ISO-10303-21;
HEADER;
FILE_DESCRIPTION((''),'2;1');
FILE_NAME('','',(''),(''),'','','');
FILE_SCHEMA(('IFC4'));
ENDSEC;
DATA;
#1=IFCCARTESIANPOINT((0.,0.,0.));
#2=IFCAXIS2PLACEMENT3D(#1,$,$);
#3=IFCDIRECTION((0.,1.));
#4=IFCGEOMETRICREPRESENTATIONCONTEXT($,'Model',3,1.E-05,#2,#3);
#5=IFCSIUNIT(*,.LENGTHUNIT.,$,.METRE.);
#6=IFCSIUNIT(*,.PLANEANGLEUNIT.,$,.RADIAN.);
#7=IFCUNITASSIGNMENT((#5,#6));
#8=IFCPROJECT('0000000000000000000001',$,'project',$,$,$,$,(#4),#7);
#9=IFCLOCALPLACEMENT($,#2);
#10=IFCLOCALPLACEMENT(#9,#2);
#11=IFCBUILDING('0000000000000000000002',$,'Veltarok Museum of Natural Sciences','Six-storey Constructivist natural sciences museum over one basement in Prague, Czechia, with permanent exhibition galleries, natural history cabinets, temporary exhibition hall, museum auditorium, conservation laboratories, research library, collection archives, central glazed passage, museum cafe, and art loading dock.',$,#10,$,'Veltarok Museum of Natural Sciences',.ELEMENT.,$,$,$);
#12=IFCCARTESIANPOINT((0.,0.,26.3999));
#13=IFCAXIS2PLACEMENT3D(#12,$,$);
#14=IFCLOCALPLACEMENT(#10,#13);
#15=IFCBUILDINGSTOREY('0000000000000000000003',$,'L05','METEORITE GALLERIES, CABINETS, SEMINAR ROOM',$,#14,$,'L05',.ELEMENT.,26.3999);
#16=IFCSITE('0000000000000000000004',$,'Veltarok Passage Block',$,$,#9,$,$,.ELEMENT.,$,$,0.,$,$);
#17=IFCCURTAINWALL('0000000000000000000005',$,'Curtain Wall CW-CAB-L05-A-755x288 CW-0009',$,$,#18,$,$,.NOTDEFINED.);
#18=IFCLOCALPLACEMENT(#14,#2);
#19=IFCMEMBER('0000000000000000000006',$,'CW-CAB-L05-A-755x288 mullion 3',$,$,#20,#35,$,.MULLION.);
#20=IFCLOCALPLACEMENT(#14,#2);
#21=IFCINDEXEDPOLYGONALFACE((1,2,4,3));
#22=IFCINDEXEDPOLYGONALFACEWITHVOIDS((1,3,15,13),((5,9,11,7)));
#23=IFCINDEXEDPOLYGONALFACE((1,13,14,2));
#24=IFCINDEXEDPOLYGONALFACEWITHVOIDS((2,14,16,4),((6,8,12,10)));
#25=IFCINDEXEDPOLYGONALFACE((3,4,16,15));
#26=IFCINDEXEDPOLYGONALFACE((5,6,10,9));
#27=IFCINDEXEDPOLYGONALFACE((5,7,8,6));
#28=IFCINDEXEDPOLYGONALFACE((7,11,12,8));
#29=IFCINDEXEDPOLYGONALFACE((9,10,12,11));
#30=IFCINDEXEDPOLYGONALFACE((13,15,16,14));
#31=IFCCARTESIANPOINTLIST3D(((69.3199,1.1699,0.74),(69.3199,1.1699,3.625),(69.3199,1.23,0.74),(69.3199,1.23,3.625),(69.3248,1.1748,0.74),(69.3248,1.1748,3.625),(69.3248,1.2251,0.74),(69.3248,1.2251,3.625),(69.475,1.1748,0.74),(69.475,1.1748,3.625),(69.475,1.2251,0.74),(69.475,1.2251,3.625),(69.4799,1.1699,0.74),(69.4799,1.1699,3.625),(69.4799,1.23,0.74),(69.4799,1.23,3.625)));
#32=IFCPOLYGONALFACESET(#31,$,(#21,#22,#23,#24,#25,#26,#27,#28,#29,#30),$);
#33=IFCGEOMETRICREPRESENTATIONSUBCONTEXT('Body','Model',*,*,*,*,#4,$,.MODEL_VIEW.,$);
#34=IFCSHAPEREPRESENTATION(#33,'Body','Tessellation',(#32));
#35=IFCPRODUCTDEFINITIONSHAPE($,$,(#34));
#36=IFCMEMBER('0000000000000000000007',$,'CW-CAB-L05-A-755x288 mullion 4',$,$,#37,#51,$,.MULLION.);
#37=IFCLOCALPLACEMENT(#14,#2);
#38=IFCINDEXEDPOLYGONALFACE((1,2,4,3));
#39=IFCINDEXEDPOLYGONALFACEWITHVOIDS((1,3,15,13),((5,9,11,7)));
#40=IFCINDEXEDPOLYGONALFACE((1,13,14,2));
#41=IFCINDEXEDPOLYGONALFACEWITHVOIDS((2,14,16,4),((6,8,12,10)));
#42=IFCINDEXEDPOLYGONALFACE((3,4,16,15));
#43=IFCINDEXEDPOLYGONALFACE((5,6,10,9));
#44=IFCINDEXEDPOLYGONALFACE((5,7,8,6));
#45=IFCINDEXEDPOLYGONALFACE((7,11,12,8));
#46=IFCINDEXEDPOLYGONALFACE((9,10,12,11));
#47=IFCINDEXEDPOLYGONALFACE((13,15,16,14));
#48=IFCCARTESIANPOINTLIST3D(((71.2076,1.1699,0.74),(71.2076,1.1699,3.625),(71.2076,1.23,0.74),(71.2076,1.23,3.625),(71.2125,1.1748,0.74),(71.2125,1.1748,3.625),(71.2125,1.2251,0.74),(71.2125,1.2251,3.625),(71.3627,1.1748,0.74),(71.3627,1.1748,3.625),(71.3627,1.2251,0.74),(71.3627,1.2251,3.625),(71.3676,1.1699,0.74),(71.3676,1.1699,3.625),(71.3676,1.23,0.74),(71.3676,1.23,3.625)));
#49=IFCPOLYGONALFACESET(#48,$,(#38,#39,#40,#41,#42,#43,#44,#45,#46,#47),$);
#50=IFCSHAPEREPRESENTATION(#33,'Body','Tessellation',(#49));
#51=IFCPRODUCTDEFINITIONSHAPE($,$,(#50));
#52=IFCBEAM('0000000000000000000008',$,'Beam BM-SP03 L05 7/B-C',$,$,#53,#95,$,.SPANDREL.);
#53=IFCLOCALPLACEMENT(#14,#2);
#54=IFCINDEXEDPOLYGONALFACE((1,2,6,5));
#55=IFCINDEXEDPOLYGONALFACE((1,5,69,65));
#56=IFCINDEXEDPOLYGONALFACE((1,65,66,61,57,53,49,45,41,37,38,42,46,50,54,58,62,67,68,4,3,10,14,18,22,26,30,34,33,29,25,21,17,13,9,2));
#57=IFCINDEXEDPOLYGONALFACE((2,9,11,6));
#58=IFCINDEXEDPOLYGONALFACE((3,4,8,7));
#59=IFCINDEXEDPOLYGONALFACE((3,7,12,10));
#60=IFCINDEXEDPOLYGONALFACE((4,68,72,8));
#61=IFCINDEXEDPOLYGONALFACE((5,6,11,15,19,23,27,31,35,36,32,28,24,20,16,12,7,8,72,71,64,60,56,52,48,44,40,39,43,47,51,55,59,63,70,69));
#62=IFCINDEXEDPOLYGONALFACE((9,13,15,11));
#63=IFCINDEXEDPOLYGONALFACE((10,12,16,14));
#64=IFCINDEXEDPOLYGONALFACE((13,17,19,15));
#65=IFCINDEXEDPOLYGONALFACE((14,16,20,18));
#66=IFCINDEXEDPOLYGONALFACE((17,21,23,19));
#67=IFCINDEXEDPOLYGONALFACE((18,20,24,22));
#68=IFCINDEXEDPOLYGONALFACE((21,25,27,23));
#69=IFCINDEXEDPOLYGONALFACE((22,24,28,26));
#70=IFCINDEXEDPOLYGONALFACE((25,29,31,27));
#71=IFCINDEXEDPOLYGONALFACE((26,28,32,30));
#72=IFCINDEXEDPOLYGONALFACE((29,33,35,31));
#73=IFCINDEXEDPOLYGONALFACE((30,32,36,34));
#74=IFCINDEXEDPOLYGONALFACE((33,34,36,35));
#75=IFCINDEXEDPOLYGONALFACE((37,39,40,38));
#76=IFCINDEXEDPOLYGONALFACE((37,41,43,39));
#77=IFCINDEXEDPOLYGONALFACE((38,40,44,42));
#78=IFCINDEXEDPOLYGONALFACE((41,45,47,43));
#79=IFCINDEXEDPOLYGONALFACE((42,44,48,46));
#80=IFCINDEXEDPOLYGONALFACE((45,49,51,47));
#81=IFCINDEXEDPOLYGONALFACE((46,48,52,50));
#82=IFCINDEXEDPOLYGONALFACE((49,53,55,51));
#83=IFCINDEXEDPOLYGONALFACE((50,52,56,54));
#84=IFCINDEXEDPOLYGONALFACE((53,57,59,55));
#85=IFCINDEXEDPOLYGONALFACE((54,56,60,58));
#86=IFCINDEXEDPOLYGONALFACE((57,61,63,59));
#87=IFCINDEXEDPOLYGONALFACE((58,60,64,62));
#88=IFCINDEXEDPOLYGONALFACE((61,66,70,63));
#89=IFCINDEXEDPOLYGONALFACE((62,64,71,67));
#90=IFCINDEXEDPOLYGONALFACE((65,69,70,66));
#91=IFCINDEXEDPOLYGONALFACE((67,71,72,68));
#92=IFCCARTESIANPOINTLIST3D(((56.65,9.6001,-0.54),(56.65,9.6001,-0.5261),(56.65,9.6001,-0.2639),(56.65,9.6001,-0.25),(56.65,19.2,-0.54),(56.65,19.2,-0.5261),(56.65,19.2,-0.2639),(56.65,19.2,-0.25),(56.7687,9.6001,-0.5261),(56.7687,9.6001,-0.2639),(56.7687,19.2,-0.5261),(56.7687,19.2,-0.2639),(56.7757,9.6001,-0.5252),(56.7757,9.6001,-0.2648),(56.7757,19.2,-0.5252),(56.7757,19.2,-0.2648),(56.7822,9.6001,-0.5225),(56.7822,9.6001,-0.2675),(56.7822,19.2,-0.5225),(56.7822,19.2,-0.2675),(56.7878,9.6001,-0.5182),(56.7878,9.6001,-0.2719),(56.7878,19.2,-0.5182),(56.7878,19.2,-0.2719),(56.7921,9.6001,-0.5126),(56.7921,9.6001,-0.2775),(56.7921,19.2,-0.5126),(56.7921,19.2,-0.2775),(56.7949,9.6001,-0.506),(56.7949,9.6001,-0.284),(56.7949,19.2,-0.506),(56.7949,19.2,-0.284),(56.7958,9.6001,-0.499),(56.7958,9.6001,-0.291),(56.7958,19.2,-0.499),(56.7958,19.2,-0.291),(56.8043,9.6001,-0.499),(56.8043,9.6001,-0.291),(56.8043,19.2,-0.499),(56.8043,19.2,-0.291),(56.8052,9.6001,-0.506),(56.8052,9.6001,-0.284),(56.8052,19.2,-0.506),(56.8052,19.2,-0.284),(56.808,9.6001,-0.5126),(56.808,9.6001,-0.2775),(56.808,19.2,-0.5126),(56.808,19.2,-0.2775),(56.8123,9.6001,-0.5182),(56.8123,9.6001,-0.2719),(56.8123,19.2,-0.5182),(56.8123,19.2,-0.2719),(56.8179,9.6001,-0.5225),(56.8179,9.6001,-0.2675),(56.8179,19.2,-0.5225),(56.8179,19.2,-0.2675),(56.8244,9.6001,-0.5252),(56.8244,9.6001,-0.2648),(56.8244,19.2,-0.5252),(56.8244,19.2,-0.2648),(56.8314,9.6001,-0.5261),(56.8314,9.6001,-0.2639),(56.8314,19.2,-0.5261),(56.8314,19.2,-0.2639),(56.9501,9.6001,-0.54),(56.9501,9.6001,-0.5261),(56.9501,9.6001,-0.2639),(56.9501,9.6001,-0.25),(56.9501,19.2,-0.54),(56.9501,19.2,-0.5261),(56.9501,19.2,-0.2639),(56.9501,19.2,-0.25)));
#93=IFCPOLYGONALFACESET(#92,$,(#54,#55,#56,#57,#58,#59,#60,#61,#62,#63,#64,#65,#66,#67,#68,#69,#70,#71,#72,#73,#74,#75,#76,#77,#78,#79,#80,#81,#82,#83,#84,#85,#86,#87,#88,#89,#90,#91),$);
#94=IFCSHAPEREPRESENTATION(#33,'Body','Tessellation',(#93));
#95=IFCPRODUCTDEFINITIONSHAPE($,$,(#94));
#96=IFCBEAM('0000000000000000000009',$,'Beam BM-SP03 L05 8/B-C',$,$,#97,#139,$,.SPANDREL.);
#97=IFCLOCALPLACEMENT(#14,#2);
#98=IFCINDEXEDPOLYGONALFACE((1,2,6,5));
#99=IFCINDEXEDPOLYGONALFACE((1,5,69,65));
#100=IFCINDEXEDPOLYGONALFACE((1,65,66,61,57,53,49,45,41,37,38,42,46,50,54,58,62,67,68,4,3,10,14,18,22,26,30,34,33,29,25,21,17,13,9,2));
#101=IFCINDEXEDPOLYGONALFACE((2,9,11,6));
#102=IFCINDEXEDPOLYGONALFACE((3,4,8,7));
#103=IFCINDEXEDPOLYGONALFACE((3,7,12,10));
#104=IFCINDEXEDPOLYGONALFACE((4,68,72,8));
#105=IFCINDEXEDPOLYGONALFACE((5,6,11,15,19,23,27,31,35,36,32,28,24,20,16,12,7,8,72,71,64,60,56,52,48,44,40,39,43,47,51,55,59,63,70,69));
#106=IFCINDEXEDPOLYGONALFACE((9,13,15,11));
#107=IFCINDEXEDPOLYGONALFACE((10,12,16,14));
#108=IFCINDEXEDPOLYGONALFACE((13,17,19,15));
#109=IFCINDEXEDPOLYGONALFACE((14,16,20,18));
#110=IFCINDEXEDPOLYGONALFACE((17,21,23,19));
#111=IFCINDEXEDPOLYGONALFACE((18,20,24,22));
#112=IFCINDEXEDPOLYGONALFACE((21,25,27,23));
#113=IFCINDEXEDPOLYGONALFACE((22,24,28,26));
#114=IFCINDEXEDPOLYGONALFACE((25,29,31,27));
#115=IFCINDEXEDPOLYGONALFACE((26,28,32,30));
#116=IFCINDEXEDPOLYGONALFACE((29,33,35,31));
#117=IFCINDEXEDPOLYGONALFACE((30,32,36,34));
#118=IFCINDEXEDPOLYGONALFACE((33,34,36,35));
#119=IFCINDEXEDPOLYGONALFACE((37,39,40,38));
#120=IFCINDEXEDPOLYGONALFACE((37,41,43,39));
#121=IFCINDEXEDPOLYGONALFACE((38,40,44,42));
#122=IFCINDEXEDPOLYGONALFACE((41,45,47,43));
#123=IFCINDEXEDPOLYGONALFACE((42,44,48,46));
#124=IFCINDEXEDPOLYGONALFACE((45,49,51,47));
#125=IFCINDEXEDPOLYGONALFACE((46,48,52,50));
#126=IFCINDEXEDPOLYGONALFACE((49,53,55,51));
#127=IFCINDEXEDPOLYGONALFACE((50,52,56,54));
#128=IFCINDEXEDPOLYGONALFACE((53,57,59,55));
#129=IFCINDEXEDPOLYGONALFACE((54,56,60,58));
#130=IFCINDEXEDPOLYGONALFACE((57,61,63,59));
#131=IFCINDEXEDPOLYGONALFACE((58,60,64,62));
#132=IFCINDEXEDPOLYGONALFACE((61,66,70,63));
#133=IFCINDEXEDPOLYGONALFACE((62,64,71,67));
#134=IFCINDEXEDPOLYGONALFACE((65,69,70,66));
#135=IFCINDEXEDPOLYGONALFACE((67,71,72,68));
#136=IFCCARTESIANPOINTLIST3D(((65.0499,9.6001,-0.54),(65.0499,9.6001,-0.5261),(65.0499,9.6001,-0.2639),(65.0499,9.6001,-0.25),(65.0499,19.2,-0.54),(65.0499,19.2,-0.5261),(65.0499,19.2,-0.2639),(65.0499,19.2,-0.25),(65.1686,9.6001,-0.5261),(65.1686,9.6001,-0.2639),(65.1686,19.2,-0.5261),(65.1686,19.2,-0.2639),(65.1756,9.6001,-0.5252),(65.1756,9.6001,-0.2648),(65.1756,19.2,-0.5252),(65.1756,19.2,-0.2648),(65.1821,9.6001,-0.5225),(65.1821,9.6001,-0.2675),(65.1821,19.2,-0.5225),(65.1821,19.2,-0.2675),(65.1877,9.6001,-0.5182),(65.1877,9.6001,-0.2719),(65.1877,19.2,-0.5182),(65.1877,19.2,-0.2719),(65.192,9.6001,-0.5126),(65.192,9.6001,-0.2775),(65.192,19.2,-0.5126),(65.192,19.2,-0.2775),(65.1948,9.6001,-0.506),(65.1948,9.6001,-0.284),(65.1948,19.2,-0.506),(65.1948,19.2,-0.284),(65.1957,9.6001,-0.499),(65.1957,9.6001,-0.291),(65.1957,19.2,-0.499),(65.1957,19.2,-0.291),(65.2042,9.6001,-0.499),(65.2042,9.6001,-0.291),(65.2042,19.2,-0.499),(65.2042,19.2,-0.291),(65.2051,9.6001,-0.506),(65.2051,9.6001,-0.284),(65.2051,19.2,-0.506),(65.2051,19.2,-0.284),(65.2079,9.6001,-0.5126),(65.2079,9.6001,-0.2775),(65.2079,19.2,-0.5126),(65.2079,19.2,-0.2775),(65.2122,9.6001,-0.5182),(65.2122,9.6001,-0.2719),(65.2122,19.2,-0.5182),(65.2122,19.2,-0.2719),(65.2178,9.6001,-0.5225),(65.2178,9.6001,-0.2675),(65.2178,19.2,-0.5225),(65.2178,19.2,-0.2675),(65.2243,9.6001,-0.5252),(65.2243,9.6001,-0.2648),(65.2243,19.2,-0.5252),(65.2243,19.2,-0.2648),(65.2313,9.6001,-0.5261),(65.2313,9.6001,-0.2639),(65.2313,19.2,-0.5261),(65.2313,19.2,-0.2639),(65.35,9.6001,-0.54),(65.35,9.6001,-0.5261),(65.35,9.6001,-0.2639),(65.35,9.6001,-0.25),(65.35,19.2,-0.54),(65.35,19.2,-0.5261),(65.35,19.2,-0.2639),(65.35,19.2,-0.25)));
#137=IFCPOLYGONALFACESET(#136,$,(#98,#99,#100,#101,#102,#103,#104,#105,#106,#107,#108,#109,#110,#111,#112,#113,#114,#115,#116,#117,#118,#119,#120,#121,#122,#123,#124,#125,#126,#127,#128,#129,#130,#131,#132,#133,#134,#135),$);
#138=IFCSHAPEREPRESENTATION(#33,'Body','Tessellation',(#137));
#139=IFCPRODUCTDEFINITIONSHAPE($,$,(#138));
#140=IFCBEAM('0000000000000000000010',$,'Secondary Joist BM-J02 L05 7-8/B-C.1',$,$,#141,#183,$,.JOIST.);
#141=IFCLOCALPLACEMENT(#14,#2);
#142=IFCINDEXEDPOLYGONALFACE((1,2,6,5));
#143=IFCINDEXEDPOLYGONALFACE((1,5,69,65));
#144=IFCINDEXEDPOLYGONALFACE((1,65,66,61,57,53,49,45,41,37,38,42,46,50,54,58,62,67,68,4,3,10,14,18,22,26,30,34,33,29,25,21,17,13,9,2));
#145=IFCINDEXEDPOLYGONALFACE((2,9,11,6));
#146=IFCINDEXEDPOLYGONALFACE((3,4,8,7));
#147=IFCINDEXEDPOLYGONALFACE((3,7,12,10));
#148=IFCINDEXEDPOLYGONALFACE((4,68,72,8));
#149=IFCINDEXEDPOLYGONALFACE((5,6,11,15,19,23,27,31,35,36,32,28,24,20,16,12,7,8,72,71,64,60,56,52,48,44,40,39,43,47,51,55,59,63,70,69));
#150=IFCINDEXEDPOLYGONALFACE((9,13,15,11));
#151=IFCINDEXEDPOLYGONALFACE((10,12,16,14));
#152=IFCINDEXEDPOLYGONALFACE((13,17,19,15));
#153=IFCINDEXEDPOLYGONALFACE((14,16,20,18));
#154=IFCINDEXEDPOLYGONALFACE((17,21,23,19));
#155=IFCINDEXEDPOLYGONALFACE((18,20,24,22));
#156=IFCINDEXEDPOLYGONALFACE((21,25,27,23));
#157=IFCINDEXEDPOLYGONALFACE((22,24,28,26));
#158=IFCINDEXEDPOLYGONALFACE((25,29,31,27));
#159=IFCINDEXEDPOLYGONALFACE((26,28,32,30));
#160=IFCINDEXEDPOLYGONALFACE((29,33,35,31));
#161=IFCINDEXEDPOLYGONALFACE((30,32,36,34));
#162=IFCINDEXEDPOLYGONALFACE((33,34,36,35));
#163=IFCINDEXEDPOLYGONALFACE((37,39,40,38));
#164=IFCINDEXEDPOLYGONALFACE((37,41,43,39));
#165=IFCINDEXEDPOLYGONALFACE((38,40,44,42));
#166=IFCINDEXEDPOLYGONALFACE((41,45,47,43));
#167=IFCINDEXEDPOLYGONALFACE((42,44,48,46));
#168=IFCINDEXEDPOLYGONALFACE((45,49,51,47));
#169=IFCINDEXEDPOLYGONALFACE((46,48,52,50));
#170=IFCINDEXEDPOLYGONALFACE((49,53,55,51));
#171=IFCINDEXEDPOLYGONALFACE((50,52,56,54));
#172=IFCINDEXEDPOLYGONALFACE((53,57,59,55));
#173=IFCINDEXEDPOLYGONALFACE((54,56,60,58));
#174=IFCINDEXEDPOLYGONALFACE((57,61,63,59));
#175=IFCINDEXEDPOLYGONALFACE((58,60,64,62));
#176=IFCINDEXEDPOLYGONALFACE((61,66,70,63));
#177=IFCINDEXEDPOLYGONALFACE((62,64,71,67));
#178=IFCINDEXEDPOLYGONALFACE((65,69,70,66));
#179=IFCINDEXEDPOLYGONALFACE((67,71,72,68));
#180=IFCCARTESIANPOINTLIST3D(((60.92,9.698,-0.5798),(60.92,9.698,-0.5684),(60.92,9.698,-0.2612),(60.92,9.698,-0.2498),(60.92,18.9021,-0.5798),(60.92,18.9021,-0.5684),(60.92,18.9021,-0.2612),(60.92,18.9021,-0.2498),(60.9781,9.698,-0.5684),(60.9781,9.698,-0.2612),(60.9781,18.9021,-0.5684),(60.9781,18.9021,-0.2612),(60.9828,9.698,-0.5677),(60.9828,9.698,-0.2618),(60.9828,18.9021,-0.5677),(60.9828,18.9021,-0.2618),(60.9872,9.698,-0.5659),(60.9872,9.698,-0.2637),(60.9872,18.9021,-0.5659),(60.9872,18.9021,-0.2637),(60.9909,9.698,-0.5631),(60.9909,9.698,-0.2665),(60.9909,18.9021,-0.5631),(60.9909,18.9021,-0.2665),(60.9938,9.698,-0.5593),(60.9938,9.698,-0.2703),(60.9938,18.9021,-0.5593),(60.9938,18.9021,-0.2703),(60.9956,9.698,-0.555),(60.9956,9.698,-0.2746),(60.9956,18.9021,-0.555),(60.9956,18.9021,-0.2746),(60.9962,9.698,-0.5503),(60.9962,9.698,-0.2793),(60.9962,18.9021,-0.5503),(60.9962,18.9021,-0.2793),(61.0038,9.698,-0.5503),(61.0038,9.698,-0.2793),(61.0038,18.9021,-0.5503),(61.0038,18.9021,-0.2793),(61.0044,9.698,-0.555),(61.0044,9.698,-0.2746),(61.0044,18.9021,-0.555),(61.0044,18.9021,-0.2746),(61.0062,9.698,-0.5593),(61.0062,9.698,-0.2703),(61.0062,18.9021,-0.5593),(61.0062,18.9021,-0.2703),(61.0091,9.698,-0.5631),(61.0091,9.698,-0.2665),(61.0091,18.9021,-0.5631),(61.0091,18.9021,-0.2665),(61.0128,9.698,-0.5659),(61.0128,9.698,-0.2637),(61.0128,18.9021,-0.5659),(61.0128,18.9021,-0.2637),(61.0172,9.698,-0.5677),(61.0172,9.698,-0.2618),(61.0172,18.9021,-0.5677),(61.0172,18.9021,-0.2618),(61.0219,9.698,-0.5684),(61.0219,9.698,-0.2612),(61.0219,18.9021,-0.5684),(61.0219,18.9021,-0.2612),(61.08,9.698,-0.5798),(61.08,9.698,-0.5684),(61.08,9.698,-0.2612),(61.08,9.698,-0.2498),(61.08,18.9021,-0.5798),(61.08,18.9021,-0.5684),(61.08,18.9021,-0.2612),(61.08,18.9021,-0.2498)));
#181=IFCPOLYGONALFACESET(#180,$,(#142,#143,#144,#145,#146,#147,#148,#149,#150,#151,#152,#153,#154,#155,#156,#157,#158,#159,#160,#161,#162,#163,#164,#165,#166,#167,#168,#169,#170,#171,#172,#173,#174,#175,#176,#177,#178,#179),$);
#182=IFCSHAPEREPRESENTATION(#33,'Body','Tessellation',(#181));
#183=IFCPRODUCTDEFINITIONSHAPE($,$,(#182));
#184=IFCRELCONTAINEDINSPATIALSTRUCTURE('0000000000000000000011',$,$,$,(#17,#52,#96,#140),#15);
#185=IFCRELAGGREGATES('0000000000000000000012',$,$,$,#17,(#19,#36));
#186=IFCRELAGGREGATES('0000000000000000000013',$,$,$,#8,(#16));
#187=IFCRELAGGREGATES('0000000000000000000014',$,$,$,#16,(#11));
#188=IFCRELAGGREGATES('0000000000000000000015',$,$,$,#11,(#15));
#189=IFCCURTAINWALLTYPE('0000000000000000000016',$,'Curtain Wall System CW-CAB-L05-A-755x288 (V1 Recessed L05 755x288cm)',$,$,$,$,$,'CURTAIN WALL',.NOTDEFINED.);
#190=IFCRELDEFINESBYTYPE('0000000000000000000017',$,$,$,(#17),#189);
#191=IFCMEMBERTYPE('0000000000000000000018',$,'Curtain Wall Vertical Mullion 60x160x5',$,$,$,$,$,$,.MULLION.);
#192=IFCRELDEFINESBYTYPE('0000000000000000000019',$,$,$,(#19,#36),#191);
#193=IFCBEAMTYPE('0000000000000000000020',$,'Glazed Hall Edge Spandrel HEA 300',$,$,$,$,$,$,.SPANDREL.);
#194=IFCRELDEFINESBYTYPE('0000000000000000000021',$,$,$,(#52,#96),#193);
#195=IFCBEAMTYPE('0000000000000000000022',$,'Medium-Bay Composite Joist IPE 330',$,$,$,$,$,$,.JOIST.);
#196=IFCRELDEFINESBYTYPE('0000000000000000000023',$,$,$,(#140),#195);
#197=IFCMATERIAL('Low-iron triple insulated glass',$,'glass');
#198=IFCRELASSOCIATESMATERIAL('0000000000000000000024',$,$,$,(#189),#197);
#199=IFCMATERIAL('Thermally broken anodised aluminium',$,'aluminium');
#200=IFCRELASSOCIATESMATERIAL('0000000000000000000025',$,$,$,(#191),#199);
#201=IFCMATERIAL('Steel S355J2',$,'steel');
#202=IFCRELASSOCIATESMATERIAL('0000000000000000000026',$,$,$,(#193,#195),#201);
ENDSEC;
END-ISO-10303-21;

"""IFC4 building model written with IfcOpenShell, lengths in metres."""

from ifc_helpers import new_model, si_unit, direction, frame, origin, origin_2d, place, context, subcontext, project, spatial, hollow_rectangle, i_section, extrude, material, material_profile, profile_set, type_object, element, aggregate, save


model = new_model("IFC4")

# Units and contexts
model_context = context("Model", 3, precision=1e-05, world=origin(), true_north=direction((0.0, 1.0)))
body_context = subcontext(model_context, "Body", "Model", "MODEL_VIEW")
ifc_project = project(units=[si_unit("LENGTHUNIT", "METRE"), si_unit("PLANEANGLEUNIT", "RADIAN")], contexts=[model_context])

# Site, building, storey
site_placement = place(None, origin())
site = spatial("IfcSite", under=ifc_project, at=site_placement, Name="Veltarok Passage Block", CompositionType="ELEMENT", RefElevation=0.0)
building_placement = place(site_placement, origin())
building = spatial("IfcBuilding", under=site, at=building_placement, Name="Veltarok Museum of Natural Sciences", Description="Six-storey Constructivist natural sciences museum over one basement in Prague, Czechia, with permanent exhibition galleries, natural history cabinets, temporary exhibition hall, museum auditorium, conservation laboratories, research library, collection archives, central glazed passage, museum cafe, and art loading dock.", LongName="Veltarok Museum of Natural Sciences", CompositionType="ELEMENT")
storey_placement = place(building_placement, frame((0.0, 0.0, 26.3999)))
storey = spatial("IfcBuildingStorey", under=building, at=storey_placement, Name="L05", Description="METEORITE GALLERIES, CABINETS, SEMINAR ROOM", LongName="L05", CompositionType="ELEMENT", Elevation=26.3999)

# Shared definitions
ifc_material_1 = material(Name="Steel S355J2", Category="steel")

# Curtain wall, members
ifc_material_2 = material(Name="Low-iron triple insulated glass", Category="glass")
curtain_wall_type = type_object("IfcCurtainWallType", Name="Curtain Wall System CW-CAB-L05-A-755x288 (V1 Recessed L05 755x288cm)", ElementType="CURTAIN WALL", PredefinedType="NOTDEFINED", material=ifc_material_2)
curtain_wall_placement = place(storey_placement, origin())
curtain_wall = element("IfcCurtainWall", 1, at=curtain_wall_placement, inside=storey, type_object=curtain_wall_type, Name="Curtain Wall CW-CAB-L05-A-755x288 CW-0009", PredefinedType="NOTDEFINED")
ifc_material_3 = material(Name="Thermally broken anodised aluminium", Category="aluminium")
ifc_material_profile_1 = material_profile(ifc_material_3, hollow_rectangle(XDim=0.0601, YDim=0.1599, WallThickness=0.0049, at=origin_2d()), Name="CW MULLION 60x160x5")
ifc_profile_set_1 = profile_set([ifc_material_profile_1], Name="Thermally broken anodised aluminium")
member_type_1 = type_object("IfcMemberType", Name="Curtain Wall Vertical Mullion 60x160x5", PredefinedType="MULLION", material=ifc_profile_set_1)
member_1_placement = place(storey_placement, frame((69.3999, 1.2, 0.74), z_axis=(0.0, 0.0, 1.0), x_axis=(0.0, 1.0, 0.0)))
member_1 = element("IfcMember", 2, at=member_1_placement, type_object=member_type_1, Name="CW-CAB-L05-A-755x288 mullion 3", PredefinedType="MULLION", context=body_context, shape_type="SweptSolid", body=[
    extrude(hollow_rectangle(XDim=0.0601, YDim=0.1599, WallThickness=0.0049, at=origin_2d()), origin(), (0.0, 0.0, 1.0), 2.885),
])
member_2_placement = place(storey_placement, frame((71.2876, 1.2, 0.74), z_axis=(0.0, 0.0, 1.0), x_axis=(0.0, 1.0, 0.0)))
member_2 = element("IfcMember", 3, at=member_2_placement, type_object=member_type_1, Name="CW-CAB-L05-A-755x288 mullion 4", PredefinedType="MULLION", context=body_context, shape_type="SweptSolid", body=[
    extrude(hollow_rectangle(XDim=0.0601, YDim=0.1599, WallThickness=0.0049, at=origin_2d()), origin(), (0.0, 0.0, 1.0), 2.885),
])

# Beams
ifc_material_profile_2 = material_profile(ifc_material_1, i_section(OverallWidth=0.3, OverallDepth=0.29, WebThickness=0.0085, FlangeThickness=0.0139, FilletRadius=0.0271, at=origin_2d()), Name="HEA 300")
ifc_profile_set_2 = profile_set([ifc_material_profile_2], Name="Steel S355J2")
beam_type_1 = type_object("IfcBeamType", Name="Glazed Hall Edge Spandrel HEA 300", PredefinedType="SPANDREL", material=ifc_profile_set_2)
for number, where, z_axis, x_axis, name in (
    (4, (56.8, 9.6001, -0.395), (0.0, 1.0, 0.0), (-1.0, 0.0, 0.0), "Beam BM-SP03 L05 7/B-C"),
    (5, (65.2, 9.6001, -0.395), (0.0, 1.0, 0.0), (-1.0, 0.0, 0.0), "Beam BM-SP03 L05 8/B-C"),
):
    element("IfcBeam", number, at=place(storey_placement, frame(where, z_axis=z_axis, x_axis=x_axis)), inside=storey, type_object=beam_type_1, Name=name, PredefinedType="SPANDREL", context=body_context, shape_type="SweptSolid", body=[
        extrude(i_section(OverallWidth=0.3, OverallDepth=0.29, WebThickness=0.0085, FlangeThickness=0.0139, FilletRadius=0.0271, at=origin_2d()), origin(), (0.0, 0.0, 1.0), 9.5999),
    ])
ifc_material_profile_3 = material_profile(ifc_material_1, i_section(OverallWidth=0.1599, OverallDepth=0.3301, WebThickness=0.0076, FlangeThickness=0.0115, FilletRadius=0.0181, at=origin_2d()), Name="IPE 330")
ifc_profile_set_3 = profile_set([ifc_material_profile_3], Name="Steel S355J2")
beam_type_2 = type_object("IfcBeamType", Name="Medium-Bay Composite Joist IPE 330", PredefinedType="JOIST", material=ifc_profile_set_3)
for number, where, z_axis, x_axis, name in (
    (6, (61.0, 9.698, -0.4148), (0.0, 1.0, 0.0), (-1.0, 0.0, 0.0), "Secondary Joist BM-J02 L05 7-8/B-C.1"),
):
    element("IfcBeam", number, at=place(storey_placement, frame(where, z_axis=z_axis, x_axis=x_axis)), inside=storey, type_object=beam_type_2, Name=name, PredefinedType="JOIST", context=body_context, shape_type="SweptSolid", body=[
        extrude(i_section(OverallWidth=0.1599, OverallDepth=0.3301, WebThickness=0.0076, FlangeThickness=0.0115, FilletRadius=0.0181, at=origin_2d()), origin(), (0.0, 0.0, 1.0), 9.2041),
    ])

aggregate(curtain_wall, [member_1, member_2])

save(model, "model.ifc")
